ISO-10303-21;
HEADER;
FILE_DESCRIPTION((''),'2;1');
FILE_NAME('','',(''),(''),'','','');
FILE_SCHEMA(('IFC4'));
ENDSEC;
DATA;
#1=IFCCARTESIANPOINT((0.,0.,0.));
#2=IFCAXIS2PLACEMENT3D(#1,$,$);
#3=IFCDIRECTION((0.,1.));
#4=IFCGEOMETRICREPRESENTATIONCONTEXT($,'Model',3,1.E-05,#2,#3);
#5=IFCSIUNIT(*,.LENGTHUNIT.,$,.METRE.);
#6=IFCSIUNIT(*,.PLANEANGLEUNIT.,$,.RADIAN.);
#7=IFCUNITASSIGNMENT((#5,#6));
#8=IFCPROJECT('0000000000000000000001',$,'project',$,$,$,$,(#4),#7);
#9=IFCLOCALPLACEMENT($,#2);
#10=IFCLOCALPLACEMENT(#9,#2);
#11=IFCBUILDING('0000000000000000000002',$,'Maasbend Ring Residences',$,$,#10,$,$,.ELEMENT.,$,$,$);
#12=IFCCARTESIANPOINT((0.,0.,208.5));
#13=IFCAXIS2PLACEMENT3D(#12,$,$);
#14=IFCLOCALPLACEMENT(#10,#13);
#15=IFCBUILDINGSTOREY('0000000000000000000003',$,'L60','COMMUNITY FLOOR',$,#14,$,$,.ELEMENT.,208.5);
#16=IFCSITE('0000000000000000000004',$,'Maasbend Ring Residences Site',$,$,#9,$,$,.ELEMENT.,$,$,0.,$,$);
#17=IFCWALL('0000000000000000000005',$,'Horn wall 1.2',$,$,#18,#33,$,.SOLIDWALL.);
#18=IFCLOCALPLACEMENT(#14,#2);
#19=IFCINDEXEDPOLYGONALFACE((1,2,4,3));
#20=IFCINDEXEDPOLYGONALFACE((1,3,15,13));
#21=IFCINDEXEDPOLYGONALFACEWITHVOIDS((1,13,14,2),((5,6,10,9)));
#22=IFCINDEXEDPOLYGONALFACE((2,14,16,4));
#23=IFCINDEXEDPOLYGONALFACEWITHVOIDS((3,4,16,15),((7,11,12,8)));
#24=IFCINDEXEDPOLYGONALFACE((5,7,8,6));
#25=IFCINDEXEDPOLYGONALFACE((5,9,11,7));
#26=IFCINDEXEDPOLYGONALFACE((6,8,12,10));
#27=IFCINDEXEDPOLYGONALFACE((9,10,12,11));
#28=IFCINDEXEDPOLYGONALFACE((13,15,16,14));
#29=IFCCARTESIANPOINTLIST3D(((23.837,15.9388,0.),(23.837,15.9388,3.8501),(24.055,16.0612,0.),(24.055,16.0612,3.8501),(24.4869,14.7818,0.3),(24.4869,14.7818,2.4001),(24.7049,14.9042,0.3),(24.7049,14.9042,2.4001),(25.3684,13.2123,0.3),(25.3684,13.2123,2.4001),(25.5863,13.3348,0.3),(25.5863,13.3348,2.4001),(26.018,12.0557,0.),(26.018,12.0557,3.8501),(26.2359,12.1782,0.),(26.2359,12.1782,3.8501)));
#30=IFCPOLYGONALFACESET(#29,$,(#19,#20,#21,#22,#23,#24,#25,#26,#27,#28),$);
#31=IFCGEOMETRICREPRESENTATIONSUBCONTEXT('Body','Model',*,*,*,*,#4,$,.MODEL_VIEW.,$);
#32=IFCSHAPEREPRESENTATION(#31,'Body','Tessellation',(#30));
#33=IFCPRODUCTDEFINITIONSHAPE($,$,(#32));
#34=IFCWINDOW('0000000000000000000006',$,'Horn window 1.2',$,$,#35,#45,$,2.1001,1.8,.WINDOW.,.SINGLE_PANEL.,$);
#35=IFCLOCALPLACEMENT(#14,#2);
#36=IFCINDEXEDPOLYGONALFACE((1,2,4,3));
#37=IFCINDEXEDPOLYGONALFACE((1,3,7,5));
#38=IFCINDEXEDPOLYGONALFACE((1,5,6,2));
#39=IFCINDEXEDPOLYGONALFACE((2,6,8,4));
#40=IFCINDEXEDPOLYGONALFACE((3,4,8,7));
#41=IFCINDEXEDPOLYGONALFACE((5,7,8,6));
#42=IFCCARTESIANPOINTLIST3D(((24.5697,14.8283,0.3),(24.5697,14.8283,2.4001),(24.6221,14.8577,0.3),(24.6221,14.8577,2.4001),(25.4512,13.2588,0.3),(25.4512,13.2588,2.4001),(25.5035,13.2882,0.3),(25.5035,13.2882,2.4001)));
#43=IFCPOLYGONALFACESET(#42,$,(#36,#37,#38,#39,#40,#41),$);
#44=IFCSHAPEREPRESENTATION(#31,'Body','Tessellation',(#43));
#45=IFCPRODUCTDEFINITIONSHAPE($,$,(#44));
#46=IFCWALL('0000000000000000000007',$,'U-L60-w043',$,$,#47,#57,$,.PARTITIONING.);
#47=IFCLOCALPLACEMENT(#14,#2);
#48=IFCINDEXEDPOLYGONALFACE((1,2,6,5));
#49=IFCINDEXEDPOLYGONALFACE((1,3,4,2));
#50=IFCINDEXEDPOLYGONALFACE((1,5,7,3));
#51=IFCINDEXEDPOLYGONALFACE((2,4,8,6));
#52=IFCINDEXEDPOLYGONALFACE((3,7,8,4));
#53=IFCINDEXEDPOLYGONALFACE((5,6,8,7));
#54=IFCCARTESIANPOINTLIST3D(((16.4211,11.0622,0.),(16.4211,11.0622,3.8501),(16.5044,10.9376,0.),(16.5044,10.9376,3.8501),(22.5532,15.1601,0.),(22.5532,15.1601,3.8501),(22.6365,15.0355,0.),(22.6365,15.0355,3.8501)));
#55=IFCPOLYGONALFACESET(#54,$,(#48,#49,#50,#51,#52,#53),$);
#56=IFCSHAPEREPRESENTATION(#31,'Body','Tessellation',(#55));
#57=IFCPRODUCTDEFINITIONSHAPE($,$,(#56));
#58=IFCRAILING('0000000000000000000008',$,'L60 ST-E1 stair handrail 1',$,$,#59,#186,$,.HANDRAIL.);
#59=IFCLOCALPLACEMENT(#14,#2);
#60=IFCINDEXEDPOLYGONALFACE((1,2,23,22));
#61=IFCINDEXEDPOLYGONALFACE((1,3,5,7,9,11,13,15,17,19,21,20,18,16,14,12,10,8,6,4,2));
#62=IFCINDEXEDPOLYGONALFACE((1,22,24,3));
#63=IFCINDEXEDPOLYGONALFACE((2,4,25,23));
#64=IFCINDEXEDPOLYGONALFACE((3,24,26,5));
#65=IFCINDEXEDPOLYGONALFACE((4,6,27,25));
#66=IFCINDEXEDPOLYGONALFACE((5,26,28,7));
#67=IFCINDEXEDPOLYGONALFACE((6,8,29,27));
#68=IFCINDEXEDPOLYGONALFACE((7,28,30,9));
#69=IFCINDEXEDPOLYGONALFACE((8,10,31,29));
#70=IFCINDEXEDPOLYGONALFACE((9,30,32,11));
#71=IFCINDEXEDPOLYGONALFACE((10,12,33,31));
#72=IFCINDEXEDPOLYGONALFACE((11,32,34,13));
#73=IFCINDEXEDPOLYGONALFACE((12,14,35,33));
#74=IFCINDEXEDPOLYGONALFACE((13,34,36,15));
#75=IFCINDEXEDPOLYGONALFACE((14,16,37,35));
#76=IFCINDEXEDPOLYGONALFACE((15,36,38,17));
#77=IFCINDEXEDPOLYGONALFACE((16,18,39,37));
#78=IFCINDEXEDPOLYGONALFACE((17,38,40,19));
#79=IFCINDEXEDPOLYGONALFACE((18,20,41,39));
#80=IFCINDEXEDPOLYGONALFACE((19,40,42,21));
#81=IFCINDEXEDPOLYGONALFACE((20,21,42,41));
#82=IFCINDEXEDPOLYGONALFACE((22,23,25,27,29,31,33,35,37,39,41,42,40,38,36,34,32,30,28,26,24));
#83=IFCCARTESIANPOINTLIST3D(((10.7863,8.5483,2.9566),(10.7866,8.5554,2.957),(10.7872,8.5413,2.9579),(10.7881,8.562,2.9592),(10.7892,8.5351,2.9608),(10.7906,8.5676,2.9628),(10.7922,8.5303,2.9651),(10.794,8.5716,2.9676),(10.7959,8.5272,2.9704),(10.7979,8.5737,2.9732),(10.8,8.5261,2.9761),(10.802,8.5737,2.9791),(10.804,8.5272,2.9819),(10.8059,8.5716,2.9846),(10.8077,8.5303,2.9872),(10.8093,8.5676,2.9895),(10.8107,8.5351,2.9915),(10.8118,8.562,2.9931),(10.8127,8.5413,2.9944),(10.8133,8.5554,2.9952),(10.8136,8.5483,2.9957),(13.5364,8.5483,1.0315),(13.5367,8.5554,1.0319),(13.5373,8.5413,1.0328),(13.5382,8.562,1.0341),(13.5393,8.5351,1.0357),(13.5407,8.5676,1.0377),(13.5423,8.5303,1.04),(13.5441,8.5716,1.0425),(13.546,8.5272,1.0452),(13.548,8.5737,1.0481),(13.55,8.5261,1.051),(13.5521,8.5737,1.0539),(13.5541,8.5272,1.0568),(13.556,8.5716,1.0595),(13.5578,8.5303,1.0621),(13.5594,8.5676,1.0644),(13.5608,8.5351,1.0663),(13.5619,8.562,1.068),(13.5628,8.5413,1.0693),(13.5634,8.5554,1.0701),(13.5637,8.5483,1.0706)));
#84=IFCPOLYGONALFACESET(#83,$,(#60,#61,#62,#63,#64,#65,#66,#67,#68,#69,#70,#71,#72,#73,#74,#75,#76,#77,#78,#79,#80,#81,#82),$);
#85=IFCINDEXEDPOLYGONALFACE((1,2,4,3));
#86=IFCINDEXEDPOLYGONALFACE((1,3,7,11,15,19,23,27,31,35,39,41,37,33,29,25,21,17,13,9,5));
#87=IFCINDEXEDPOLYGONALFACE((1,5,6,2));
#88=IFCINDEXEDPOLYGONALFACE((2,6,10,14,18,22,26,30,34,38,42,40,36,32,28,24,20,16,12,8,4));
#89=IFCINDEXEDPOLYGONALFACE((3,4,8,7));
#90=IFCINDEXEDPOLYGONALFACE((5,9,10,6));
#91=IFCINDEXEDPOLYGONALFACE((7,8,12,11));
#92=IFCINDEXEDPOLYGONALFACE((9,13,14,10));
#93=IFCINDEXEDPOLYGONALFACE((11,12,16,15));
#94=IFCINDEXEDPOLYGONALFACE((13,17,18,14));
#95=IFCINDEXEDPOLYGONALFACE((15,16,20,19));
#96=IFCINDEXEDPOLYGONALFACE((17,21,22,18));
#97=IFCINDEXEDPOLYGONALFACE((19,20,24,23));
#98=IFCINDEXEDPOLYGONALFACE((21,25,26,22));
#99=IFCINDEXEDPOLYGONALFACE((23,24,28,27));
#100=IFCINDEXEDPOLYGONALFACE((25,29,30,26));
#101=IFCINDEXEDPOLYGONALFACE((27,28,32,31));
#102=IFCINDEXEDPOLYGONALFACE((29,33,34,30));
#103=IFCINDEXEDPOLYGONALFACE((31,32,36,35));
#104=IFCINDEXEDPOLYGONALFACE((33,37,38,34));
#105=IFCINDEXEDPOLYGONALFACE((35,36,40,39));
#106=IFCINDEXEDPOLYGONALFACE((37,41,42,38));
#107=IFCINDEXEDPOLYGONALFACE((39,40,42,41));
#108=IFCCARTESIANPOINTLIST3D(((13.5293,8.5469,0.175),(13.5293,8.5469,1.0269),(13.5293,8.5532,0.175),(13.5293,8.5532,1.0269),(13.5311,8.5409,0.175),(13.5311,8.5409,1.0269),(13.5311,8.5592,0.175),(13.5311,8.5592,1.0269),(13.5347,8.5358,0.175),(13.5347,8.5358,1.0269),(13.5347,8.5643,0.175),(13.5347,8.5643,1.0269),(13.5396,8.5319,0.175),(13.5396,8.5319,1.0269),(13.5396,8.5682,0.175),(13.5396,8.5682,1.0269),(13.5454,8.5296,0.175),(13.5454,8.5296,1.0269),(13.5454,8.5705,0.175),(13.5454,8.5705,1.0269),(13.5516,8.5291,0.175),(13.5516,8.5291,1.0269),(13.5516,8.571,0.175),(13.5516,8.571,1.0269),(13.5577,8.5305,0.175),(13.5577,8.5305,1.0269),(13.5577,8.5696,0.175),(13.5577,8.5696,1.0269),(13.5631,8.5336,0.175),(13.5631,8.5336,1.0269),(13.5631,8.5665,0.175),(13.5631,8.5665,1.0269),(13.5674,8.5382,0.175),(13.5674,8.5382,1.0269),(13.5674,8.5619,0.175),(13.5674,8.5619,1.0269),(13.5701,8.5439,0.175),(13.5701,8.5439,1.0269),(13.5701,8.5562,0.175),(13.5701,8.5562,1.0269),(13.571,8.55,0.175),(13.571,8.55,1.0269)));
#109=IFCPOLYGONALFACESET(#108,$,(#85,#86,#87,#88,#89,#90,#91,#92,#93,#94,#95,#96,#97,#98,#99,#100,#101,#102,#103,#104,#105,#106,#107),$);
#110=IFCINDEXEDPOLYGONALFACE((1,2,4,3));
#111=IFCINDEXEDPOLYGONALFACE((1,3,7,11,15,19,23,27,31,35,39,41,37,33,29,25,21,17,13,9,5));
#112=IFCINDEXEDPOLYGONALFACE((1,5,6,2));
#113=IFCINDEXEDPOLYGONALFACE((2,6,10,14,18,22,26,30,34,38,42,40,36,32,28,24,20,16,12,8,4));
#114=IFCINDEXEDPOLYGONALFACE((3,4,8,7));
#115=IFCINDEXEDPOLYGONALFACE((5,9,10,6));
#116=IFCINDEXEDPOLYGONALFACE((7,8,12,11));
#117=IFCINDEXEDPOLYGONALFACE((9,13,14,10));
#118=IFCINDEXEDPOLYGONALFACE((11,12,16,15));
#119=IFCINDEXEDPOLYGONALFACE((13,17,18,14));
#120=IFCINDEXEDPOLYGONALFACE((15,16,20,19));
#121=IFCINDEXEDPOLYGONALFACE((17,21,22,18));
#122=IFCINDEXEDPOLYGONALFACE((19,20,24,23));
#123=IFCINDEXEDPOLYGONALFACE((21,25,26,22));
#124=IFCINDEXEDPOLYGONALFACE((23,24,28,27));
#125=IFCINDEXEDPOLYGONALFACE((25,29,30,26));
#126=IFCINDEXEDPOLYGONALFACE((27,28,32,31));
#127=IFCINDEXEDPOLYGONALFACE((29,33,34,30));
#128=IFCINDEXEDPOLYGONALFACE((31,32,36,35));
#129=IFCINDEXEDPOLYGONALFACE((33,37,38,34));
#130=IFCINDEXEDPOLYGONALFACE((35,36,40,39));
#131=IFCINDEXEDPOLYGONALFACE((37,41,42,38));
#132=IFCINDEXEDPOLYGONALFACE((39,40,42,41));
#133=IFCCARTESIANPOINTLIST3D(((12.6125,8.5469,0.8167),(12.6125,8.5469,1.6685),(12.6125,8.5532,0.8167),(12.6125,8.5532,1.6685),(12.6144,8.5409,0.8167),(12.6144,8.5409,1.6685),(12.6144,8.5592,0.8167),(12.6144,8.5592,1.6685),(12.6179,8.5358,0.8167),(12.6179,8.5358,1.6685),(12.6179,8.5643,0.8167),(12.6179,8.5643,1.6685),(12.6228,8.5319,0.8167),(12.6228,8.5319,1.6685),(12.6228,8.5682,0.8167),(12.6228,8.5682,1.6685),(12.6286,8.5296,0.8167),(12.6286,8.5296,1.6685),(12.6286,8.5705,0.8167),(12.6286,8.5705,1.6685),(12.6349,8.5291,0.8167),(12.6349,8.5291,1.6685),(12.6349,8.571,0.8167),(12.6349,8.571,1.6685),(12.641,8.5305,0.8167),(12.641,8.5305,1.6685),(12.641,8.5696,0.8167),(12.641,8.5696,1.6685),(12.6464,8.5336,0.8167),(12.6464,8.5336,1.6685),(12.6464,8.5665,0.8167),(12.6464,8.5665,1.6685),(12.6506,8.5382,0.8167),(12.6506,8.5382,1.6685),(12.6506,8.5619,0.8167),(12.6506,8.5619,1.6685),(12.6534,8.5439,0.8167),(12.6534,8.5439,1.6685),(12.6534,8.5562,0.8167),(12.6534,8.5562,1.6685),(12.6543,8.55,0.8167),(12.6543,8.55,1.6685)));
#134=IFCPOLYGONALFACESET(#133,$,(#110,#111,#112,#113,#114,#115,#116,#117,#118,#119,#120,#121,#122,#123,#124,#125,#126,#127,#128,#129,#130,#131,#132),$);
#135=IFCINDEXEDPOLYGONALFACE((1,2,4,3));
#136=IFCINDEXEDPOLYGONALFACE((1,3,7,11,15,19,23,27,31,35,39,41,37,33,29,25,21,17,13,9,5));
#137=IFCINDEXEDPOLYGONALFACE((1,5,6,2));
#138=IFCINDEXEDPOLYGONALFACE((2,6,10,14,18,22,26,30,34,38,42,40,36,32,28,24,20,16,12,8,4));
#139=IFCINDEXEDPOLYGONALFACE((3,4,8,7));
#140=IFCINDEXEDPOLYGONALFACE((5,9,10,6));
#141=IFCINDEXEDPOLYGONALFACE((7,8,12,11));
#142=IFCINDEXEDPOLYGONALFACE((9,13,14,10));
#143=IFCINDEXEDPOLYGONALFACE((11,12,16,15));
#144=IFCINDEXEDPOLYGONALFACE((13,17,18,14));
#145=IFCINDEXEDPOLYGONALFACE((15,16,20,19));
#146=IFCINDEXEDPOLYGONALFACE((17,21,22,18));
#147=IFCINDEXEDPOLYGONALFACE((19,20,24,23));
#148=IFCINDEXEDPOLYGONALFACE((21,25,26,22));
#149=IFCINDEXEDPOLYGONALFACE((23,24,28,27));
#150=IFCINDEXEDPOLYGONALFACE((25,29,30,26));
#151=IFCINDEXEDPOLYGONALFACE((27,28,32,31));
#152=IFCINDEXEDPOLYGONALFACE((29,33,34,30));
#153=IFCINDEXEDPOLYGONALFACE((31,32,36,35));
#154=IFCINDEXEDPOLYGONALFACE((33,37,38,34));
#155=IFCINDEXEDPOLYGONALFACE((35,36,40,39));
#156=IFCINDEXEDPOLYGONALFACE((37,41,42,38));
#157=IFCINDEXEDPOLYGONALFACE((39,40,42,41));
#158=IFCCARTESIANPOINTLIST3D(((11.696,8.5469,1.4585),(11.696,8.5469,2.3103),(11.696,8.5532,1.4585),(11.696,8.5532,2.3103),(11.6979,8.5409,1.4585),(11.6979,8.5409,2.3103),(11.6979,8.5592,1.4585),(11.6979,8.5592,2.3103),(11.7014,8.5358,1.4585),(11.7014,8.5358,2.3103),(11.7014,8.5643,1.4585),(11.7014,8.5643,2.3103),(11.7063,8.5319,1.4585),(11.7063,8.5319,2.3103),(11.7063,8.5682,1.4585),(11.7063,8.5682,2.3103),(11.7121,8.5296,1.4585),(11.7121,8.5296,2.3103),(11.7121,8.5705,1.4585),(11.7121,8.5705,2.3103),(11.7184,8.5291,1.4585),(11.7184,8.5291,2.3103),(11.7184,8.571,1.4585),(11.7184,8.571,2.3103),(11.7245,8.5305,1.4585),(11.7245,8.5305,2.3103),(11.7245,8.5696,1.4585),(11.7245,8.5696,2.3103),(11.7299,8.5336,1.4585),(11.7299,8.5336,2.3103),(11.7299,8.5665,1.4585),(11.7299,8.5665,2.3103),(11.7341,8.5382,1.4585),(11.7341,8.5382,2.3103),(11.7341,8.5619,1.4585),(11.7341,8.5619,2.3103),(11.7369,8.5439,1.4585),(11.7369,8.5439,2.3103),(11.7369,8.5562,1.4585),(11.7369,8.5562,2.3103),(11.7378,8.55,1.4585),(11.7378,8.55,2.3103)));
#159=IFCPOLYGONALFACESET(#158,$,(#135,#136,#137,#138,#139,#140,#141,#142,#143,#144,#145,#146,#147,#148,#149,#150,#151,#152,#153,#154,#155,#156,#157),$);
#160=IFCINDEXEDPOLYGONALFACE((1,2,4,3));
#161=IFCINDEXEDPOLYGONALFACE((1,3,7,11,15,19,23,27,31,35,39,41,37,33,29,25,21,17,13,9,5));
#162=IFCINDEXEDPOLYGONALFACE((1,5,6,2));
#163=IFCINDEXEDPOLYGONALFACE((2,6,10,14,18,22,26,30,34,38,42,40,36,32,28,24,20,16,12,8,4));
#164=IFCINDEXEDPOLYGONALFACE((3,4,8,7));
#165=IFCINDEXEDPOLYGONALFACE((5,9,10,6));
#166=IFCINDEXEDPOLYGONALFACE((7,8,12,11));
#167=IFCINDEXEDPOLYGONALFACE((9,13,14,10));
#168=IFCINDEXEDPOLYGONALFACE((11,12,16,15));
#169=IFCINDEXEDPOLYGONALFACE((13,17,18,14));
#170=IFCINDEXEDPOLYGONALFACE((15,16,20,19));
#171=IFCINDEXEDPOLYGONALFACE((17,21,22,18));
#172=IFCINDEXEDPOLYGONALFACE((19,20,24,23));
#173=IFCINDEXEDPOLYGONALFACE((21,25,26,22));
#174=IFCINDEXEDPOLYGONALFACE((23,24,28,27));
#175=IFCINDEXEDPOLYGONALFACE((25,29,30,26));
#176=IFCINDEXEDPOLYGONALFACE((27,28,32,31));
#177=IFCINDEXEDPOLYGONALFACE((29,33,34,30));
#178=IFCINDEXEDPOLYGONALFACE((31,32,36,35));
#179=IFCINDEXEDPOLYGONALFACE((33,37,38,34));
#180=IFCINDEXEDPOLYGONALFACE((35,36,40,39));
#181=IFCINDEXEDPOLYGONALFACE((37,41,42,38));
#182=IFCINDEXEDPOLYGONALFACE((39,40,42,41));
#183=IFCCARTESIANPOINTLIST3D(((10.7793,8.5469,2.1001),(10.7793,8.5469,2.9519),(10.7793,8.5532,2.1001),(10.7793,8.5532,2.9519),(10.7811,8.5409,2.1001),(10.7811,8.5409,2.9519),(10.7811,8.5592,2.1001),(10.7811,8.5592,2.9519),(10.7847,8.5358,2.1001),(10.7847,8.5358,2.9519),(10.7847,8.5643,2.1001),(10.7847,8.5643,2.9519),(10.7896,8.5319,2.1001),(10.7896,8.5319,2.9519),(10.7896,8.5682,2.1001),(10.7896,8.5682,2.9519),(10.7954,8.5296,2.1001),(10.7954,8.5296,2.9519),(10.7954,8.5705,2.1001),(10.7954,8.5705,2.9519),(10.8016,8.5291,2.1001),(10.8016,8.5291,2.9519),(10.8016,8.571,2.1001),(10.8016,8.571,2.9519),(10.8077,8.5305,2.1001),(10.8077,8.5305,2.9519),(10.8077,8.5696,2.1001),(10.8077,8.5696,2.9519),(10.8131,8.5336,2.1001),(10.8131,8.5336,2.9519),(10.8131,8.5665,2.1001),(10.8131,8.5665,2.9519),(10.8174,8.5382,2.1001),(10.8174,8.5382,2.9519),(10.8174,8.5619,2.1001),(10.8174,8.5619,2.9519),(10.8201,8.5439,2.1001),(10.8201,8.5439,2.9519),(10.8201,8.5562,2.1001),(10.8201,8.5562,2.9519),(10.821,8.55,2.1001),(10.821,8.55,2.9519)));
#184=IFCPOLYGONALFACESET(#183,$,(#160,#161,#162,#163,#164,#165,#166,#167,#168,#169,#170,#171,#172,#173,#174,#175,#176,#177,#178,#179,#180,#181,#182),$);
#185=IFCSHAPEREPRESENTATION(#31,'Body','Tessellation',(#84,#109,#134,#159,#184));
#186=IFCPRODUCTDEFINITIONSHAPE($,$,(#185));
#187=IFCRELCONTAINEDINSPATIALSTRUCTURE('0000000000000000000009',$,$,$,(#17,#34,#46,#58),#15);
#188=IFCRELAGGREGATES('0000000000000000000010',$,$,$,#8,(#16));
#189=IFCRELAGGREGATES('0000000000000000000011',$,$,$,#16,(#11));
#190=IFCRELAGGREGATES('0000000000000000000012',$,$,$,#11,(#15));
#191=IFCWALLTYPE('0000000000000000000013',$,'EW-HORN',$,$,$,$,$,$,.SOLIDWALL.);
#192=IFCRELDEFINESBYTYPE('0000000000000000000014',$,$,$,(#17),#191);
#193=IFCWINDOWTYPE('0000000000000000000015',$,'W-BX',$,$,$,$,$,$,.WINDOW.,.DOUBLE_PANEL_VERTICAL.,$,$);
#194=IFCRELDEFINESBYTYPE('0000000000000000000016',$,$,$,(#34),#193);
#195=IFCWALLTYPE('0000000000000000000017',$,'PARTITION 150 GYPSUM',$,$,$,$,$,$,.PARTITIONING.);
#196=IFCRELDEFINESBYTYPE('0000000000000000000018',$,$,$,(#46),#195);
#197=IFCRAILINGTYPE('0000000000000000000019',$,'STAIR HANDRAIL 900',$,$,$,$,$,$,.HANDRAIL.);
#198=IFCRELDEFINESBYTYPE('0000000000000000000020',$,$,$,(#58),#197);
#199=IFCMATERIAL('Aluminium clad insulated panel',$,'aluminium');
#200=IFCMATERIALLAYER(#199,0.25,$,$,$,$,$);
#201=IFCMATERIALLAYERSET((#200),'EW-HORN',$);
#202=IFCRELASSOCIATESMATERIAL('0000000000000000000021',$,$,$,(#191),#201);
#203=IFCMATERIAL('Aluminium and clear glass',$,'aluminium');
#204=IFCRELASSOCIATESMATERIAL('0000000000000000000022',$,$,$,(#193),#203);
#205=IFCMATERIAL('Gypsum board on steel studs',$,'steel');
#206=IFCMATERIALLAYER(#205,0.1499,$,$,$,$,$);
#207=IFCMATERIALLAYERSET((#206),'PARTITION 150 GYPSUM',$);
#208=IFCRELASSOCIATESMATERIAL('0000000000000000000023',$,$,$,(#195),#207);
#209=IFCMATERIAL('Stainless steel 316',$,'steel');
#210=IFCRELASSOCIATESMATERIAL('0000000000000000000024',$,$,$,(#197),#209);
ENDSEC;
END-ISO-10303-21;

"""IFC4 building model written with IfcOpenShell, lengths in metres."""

from ifc_helpers import new_model, si_unit, direction, frame, frame_2d, origin, origin_2d, place, context, subcontext, project, spatial, rectangle, circle, extrude, material, layer, layer_set, type_object, element, fill, save


model = new_model("IFC4")

# Units and contexts
model_context = context("Model", 3, precision=1e-05, world=origin(), true_north=direction((0.0, 1.0)))
body_context = subcontext(model_context, "Body", "Model", "MODEL_VIEW")
ifc_project = project(units=[si_unit("LENGTHUNIT", "METRE"), si_unit("PLANEANGLEUNIT", "RADIAN")], contexts=[model_context])

# Site, building, storey
site_placement = place(None, origin())
site = spatial("IfcSite", under=ifc_project, at=site_placement, Name="Maasbend Ring Residences Site", CompositionType="ELEMENT", RefElevation=0.0)
building_placement = place(site_placement, origin())
building = spatial("IfcBuilding", under=site, at=building_placement, Name="Maasbend Ring Residences", CompositionType="ELEMENT")
storey_placement = place(building_placement, frame((0.0, 0.0, 208.5)))
storey = spatial("IfcBuildingStorey", under=building, at=storey_placement, Name="L60", Description="COMMUNITY FLOOR", CompositionType="ELEMENT", Elevation=208.5)

# Wall, opening, window
ifc_material_1 = material(Name="Aluminium clad insulated panel", Category="aluminium")
ifc_layer_1 = layer(ifc_material_1, 0.25)
ifc_layer_set_1 = layer_set([ifc_layer_1], Name="EW-HORN")
wall_type_1 = type_object("IfcWallType", Name="EW-HORN", PredefinedType="SOLIDWALL", material=ifc_layer_set_1)
wall_1_placement = place(storey_placement, frame((26.127, 12.1169, 0.0), z_axis=(0.0, 0.0, 1.0), x_axis=(-0.489696, 0.871893, 0.0)))
wall_1 = element("IfcWall", 1, at=wall_1_placement, inside=storey, type_object=wall_type_1, Name="Horn wall 1.2", PredefinedType="SOLIDWALL", context=body_context, shape_type="SweptSolid", body=[
    extrude(rectangle(XDim=4.4536, YDim=0.25, at=frame_2d((2.2268, 0.0))), origin(), (0.0, 0.0, 1.0), 3.8501),
])
opening_1_placement = place(wall_1_placement, frame((1.3267, 0.0, 0.3)))
opening_1 = element("IfcOpeningElement", 2, at=opening_1_placement, cuts=wall_1, PredefinedType="OPENING", context=body_context, shape_type="SweptSolid", body=[
    extrude(rectangle(XDim=1.8, YDim=2.1001, at=frame_2d((0.8999, 1.05))), frame((0.0, 0.135, 0.0), z_axis=(0.0, -1.0, 0.0), x_axis=(1.0, 0.0, 0.0)), (0.0, 0.0, 1.0), 0.27),
])
ifc_material_2 = material(Name="Aluminium and clear glass", Category="aluminium")
window_type = type_object("IfcWindowType", Name="W-BX", PartitioningType="DOUBLE_PANEL_VERTICAL", PredefinedType="WINDOW", material=ifc_material_2)
window_placement = place(opening_1_placement, origin())
window = element("IfcWindow", 3, at=window_placement, inside=storey, type_object=window_type, Name="Horn window 1.2", OverallHeight=2.1001, OverallWidth=1.8, PartitioningType="SINGLE_PANEL", PredefinedType="WINDOW", context=body_context, shape_type="SweptSolid", body=[
    extrude(rectangle(XDim=1.8, YDim=2.1001, at=frame_2d((0.8999, 1.05))), frame((0.0, 0.03, 0.0), z_axis=(0.0, -1.0, 0.0), x_axis=(1.0, 0.0, 0.0)), (0.0, 0.0, 1.0), 0.0601),
])
fill(opening_1, window)

# Wall
ifc_material_3 = material(Name="Gypsum board on steel studs", Category="steel")
ifc_layer_2 = layer(ifc_material_3, 0.1499)
ifc_layer_set_2 = layer_set([ifc_layer_2], Name="PARTITION 150 GYPSUM")
wall_type_2 = type_object("IfcWallType", Name="PARTITION 150 GYPSUM", PredefinedType="PARTITIONING", material=ifc_layer_set_2)
wall_2_placement = place(storey_placement, frame((16.4629, 11.0, 0.0), z_axis=(0.0, 0.0, 1.0), x_axis=(0.831434, 0.555624, 0.0)))
element("IfcWall", 4, at=wall_2_placement, inside=storey, type_object=wall_type_2, Name="U-L60-w043", PredefinedType="PARTITIONING", context=body_context, shape_type="SweptSolid", body=[
    extrude(rectangle(XDim=7.3752, YDim=0.1499, at=frame_2d((3.6875, 0.0))), origin(), (0.0, 0.0, 1.0), 3.8501),
])

# Railing
ifc_material_4 = material(Name="Stainless steel 316", Category="steel")
railing_type = type_object("IfcRailingType", Name="STAIR HANDRAIL 900", PredefinedType="HANDRAIL", material=ifc_material_4)
railing_placement = place(storey_placement, frame((13.55, 8.55, 0.175)))
element("IfcRailing", 5, at=railing_placement, inside=storey, type_object=railing_type, Name="L60 ST-E1 stair handrail 1", PredefinedType="HANDRAIL", context=body_context, shape_type="SweptSolid", body=[
    extrude(circle(Radius=0.0239, at=origin_2d()), frame((0.0, 0.0, 0.876), z_axis=(-0.819225, 0.0, 0.573472), x_axis=(0.0, -1.0, 0.0)), (0.0, 0.0, 1.0), 3.3569),
    extrude(circle(Radius=0.021, at=origin_2d()), origin(), (0.0, 0.0, 1.0), 0.8518),
    extrude(circle(Radius=0.021, at=origin_2d()), frame((-0.9167, 0.0, 0.6416)), (0.0, 0.0, 1.0), 0.8518),
    extrude(circle(Radius=0.021, at=origin_2d()), frame((-1.8333, 0.0, 1.2834)), (0.0, 0.0, 1.0), 0.8518),
    extrude(circle(Radius=0.021, at=origin_2d()), frame((-2.75, 0.0, 1.925)), (0.0, 0.0, 1.0), 0.8518),
])

save(model, "model.ifc")
